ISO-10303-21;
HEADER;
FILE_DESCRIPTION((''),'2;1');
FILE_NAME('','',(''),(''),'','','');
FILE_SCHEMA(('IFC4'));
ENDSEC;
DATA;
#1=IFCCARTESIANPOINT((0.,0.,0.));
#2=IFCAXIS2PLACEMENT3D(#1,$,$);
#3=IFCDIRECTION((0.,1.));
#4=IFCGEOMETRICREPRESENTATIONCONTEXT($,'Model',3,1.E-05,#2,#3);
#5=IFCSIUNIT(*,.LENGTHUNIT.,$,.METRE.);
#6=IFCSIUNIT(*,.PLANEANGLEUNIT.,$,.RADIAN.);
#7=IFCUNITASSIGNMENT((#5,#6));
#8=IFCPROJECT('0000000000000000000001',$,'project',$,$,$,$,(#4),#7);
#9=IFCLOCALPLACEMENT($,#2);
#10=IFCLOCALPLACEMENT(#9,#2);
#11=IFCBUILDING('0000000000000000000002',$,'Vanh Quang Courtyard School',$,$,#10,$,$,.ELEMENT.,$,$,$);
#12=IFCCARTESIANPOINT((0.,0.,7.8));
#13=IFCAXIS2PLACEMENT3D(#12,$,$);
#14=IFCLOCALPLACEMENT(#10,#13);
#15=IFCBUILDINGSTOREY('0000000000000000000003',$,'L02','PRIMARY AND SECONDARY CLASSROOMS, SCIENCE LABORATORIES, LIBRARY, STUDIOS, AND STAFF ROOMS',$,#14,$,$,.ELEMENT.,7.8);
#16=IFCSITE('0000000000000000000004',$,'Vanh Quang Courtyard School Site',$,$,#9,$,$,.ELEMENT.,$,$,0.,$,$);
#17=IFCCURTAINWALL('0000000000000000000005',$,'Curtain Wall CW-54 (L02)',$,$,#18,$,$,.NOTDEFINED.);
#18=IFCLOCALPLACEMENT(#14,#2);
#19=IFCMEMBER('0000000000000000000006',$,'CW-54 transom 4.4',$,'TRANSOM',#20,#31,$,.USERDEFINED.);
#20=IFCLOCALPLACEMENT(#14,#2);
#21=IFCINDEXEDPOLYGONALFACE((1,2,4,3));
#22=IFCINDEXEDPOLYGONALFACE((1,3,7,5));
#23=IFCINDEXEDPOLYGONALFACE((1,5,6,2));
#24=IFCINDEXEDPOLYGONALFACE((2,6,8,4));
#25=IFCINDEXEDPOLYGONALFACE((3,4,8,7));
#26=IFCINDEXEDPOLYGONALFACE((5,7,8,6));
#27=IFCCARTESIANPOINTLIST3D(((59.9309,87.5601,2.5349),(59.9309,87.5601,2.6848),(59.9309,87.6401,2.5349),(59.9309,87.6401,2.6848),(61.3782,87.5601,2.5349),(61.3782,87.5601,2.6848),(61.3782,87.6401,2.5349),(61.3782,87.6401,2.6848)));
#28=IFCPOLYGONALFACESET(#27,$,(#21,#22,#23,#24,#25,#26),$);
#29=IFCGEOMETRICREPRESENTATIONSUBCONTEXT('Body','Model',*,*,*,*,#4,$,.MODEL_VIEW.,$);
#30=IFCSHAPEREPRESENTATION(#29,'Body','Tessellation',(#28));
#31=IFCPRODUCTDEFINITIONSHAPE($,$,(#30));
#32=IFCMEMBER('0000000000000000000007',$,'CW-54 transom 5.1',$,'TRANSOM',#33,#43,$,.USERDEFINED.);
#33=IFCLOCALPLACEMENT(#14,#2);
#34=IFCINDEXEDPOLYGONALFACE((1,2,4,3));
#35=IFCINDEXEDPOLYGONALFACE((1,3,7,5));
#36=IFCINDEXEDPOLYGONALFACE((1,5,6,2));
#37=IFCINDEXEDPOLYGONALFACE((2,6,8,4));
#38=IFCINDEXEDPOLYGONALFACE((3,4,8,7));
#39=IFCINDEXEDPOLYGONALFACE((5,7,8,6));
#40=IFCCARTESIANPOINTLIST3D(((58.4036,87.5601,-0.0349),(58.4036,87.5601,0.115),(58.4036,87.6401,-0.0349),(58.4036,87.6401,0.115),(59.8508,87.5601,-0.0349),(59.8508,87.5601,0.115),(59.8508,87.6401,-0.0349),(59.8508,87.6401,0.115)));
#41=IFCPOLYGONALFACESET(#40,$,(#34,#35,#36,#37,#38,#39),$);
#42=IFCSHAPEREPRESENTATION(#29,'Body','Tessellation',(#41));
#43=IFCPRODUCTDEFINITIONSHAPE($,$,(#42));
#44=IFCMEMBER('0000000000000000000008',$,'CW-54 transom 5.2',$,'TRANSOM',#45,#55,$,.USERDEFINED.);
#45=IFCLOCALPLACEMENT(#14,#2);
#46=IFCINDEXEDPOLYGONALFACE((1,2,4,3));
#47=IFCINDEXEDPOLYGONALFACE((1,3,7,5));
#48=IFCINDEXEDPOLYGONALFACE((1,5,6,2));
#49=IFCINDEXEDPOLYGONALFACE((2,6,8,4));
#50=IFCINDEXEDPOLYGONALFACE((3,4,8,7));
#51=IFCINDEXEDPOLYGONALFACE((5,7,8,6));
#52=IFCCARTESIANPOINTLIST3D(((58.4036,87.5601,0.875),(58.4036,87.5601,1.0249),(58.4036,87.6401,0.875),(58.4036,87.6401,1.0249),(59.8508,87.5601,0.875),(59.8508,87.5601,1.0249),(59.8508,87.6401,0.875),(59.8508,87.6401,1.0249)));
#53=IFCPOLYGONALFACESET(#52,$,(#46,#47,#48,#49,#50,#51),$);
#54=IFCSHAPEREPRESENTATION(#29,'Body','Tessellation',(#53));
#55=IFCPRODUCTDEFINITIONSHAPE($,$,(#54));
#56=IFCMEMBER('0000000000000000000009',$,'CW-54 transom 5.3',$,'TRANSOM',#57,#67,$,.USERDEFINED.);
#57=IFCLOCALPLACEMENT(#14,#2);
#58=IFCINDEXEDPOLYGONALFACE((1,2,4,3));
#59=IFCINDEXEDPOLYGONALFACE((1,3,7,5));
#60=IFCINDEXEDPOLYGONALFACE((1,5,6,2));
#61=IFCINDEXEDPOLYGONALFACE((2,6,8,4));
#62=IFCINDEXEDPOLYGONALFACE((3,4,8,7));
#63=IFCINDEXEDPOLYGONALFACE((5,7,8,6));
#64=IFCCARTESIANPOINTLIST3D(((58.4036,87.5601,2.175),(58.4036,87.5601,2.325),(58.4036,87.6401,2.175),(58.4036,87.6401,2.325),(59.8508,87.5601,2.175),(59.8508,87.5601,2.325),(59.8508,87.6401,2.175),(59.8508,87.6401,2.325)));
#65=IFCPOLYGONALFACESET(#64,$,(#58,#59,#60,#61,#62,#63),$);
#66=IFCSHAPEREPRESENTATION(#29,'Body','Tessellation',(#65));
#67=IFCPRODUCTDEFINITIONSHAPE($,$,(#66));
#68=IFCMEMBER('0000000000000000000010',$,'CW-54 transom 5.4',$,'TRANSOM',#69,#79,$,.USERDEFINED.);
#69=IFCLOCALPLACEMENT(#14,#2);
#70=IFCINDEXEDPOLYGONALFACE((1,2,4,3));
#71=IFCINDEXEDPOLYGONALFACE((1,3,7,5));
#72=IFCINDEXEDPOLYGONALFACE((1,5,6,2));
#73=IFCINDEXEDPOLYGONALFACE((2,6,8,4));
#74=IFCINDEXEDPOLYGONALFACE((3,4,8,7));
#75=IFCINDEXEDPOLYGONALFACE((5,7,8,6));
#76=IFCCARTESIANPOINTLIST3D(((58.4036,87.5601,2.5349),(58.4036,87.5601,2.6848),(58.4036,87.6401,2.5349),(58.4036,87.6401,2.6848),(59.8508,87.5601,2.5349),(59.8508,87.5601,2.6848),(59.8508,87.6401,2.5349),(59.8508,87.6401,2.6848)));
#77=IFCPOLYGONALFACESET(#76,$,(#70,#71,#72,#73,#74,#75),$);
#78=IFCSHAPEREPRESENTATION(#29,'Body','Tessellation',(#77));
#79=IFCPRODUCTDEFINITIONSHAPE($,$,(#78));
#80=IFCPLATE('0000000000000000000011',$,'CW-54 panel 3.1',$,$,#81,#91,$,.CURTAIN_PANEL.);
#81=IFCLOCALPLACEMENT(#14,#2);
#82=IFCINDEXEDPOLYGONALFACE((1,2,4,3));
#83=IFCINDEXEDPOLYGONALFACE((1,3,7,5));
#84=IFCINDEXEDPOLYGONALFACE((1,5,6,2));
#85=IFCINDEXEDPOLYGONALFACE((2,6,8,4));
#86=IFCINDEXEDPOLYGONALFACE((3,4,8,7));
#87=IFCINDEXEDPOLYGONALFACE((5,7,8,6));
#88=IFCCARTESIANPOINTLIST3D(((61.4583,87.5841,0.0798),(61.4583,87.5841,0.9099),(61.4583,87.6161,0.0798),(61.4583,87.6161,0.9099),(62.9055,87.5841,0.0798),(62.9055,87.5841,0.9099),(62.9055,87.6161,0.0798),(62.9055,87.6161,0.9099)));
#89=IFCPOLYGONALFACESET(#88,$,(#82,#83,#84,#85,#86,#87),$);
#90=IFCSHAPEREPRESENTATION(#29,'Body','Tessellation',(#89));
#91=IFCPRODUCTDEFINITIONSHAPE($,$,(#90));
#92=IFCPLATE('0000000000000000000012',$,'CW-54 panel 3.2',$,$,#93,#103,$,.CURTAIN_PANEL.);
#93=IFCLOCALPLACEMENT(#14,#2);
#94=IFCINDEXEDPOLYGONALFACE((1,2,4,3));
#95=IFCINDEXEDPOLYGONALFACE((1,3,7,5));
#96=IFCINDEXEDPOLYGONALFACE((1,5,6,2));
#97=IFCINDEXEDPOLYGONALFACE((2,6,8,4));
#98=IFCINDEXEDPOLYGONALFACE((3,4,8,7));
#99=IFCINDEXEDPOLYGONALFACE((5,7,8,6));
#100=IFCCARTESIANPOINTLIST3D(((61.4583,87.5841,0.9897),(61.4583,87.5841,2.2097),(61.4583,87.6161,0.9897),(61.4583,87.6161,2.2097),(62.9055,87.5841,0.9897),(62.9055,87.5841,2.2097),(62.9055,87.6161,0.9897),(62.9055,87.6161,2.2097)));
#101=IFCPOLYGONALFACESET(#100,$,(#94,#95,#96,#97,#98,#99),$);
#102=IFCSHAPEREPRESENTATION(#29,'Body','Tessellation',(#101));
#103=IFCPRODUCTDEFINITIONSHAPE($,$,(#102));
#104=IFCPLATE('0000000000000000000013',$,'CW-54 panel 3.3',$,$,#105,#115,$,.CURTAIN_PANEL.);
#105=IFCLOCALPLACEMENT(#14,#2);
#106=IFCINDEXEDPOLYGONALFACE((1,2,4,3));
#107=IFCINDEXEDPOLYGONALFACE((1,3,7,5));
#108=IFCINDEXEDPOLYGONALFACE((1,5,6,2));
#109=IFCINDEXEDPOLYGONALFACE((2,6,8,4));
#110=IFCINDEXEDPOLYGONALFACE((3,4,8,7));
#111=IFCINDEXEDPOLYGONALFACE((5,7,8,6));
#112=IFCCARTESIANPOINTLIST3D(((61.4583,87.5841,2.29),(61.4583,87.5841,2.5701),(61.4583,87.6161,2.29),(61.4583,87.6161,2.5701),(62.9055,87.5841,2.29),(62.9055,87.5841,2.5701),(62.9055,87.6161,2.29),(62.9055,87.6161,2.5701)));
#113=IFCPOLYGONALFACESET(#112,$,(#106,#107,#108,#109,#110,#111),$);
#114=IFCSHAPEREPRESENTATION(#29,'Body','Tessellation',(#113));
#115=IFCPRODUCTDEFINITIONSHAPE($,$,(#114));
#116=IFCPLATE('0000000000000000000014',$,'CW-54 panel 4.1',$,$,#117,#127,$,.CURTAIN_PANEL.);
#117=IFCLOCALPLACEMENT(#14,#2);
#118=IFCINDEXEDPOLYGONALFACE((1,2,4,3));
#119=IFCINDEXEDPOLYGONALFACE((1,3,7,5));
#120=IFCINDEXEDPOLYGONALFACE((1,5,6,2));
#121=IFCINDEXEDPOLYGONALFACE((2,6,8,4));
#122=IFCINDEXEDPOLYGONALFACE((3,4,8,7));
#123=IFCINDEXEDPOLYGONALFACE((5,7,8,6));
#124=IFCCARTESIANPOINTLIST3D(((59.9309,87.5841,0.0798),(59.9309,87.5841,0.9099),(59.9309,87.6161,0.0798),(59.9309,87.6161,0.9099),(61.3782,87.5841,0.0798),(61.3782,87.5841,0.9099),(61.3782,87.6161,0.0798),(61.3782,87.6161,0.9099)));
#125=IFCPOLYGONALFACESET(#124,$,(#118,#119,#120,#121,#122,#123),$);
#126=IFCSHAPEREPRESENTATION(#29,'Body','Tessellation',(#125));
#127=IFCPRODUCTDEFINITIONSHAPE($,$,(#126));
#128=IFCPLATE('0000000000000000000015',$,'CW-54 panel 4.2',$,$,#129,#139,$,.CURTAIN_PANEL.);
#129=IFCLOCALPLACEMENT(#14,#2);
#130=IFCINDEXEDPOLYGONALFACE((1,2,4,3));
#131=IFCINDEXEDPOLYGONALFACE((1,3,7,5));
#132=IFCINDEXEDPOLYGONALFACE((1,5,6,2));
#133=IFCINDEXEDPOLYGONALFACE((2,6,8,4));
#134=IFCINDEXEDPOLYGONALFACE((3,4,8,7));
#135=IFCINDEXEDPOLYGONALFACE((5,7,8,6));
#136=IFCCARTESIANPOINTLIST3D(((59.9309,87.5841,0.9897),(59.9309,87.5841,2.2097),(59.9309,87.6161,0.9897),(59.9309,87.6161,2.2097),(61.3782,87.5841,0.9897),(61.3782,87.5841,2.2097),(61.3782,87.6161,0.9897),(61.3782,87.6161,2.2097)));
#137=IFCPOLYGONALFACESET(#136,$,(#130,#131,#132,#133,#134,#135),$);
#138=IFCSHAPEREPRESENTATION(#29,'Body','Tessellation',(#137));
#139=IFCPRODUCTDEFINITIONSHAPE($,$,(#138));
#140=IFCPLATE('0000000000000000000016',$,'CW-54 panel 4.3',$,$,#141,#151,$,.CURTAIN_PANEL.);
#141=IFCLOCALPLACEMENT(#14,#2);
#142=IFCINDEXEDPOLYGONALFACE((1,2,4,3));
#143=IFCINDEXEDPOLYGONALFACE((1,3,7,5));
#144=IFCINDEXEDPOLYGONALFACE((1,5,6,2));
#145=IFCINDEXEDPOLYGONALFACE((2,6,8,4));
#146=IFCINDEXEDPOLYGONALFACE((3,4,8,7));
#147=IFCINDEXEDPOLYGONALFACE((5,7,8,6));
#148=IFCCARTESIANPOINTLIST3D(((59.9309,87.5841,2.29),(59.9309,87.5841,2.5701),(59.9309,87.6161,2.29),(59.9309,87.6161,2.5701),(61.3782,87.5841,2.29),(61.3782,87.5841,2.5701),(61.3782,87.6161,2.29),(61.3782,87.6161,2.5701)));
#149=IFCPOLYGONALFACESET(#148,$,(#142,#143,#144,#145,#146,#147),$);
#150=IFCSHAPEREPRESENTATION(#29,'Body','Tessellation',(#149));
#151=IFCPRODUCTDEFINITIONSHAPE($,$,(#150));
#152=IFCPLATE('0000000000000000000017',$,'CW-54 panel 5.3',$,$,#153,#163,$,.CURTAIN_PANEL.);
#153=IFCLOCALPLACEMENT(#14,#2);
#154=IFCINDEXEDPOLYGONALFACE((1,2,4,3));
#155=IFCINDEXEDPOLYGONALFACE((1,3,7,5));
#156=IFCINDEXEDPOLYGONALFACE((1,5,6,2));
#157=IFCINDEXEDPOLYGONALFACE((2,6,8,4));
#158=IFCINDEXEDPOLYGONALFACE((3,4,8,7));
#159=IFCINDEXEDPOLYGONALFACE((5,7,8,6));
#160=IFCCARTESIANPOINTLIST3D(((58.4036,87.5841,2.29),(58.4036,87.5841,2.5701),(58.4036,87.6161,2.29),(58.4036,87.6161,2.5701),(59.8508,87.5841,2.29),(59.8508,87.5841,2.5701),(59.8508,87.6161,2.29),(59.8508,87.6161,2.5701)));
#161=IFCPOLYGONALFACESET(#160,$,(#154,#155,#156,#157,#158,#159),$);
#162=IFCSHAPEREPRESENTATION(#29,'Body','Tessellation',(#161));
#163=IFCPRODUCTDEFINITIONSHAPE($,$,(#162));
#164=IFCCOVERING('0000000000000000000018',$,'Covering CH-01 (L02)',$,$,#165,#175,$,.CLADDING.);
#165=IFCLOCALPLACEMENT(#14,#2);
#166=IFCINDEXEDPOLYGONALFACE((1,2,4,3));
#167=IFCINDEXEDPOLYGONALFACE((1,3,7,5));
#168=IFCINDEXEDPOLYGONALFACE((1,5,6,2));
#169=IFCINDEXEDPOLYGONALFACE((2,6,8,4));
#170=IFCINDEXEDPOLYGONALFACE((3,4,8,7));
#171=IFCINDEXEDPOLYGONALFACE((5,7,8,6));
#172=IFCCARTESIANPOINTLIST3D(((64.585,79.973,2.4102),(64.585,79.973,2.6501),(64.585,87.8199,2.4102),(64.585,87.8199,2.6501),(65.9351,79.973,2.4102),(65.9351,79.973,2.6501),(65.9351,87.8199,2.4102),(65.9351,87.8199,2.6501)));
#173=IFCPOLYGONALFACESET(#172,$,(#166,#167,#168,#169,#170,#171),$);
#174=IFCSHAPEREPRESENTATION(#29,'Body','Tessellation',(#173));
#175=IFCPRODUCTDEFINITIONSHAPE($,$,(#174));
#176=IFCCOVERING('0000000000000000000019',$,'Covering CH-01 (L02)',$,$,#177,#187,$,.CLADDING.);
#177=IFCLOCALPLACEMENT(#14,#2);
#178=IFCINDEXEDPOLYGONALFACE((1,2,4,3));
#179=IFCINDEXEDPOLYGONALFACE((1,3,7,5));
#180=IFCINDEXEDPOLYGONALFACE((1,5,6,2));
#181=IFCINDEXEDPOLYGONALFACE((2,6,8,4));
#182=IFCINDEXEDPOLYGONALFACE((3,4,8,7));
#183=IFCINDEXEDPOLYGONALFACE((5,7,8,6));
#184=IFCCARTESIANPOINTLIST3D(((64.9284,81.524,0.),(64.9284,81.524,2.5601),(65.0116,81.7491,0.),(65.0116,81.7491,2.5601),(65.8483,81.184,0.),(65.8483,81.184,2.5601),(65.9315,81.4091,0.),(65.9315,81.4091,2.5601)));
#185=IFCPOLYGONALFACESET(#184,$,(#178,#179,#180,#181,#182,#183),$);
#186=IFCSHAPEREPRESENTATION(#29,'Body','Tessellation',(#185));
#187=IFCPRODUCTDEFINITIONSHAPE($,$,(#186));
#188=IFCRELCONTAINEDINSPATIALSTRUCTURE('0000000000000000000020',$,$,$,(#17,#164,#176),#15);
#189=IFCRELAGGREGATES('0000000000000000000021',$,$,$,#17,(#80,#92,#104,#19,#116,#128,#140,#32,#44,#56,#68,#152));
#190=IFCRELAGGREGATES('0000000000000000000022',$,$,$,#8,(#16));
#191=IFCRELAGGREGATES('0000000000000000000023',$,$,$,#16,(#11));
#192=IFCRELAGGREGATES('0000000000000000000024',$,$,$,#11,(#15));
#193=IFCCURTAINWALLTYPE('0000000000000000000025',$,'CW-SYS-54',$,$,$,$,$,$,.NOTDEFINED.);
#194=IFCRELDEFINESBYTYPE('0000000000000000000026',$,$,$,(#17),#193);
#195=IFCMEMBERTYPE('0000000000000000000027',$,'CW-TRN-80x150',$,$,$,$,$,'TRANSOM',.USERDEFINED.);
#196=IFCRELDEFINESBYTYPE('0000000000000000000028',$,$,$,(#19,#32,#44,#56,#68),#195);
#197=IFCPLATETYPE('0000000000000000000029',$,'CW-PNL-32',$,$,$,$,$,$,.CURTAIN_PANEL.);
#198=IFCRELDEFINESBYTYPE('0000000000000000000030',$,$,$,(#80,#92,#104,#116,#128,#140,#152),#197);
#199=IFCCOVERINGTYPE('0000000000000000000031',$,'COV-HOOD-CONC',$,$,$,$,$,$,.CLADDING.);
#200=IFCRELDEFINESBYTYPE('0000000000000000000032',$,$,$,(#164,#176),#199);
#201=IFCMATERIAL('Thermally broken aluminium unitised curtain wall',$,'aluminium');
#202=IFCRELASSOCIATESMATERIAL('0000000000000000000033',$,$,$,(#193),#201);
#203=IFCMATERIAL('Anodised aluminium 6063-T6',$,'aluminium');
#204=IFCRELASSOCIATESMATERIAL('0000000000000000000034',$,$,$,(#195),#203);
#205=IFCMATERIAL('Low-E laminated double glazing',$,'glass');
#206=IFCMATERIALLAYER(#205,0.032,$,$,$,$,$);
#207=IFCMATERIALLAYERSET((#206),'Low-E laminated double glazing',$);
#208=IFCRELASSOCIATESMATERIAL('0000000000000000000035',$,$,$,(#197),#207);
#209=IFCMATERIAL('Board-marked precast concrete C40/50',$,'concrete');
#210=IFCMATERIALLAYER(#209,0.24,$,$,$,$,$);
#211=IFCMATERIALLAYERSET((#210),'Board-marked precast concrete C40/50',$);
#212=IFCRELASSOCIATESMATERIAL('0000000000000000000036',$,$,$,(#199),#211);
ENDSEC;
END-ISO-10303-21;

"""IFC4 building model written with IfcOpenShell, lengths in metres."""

from ifc_helpers import new_model, si_unit, direction, frame, origin, origin_2d, place, context, subcontext, project, spatial, rectangle, extrude, material, layer, layer_set, material_profile, profile_set, type_object, element, aggregate, save


model = new_model("IFC4")

# Units and contexts
model_context = context("Model", 3, precision=1e-05, world=origin(), true_north=direction((0.0, 1.0)))
body_context = subcontext(model_context, "Body", "Model", "MODEL_VIEW")
ifc_project = project(units=[si_unit("LENGTHUNIT", "METRE"), si_unit("PLANEANGLEUNIT", "RADIAN")], contexts=[model_context])

# Site, building, storey
site_placement = place(None, origin())
site = spatial("IfcSite", under=ifc_project, at=site_placement, Name="Vanh Quang Courtyard School Site", CompositionType="ELEMENT", RefElevation=0.0)
building_placement = place(site_placement, origin())
building = spatial("IfcBuilding", under=site, at=building_placement, Name="Vanh Quang Courtyard School", CompositionType="ELEMENT")
storey_placement = place(building_placement, frame((0.0, 0.0, 7.8)))
storey = spatial("IfcBuildingStorey", under=building, at=storey_placement, Name="L02", Description="PRIMARY AND SECONDARY CLASSROOMS, SCIENCE LABORATORIES, LIBRARY, STUDIOS, AND STAFF ROOMS", CompositionType="ELEMENT", Elevation=7.8)

# Curtain wall, members, plates
ifc_material_1 = material(Name="Thermally broken aluminium unitised curtain wall", Category="aluminium")
curtain_wall_type = type_object("IfcCurtainWallType", Name="CW-SYS-54", PredefinedType="NOTDEFINED", material=ifc_material_1)
curtain_wall_placement = place(storey_placement, origin())
curtain_wall = element("IfcCurtainWall", 1, at=curtain_wall_placement, inside=storey, type_object=curtain_wall_type, Name="Curtain Wall CW-54 (L02)", PredefinedType="NOTDEFINED")
ifc_material_2 = material(Name="Anodised aluminium 6063-T6", Category="aluminium")
ifc_material_profile_1 = material_profile(ifc_material_2, rectangle(XDim=0.0801, YDim=0.1499, at=origin_2d()), Name="ALU-TRN 80x150")
ifc_profile_set_1 = profile_set([ifc_material_profile_1], Name="Anodised aluminium 6063-T6")
member_type_1 = type_object("IfcMemberType", Name="CW-TRN-80x150", ElementType="TRANSOM", PredefinedType="USERDEFINED", material=ifc_profile_set_1)
member_1_placement = place(storey_placement, frame((61.3782, 87.6001, 2.6099), z_axis=(-1.0, 0.0, 0.0), x_axis=(0.0, -1.0, 0.0)))
member_1 = element("IfcMember", 2, at=member_1_placement, type_object=member_type_1, Name="CW-54 transom 4.4", ObjectType="TRANSOM", PredefinedType="USERDEFINED", context=body_context, shape_type="SweptSolid", body=[
    extrude(rectangle(XDim=0.0801, YDim=0.1499, at=origin_2d()), origin(), (0.0, 0.0, 1.0), 1.4473),
])
member_2_placement = place(storey_placement, frame((59.8508, 87.6001, 0.04), z_axis=(-1.0, 0.0, 0.0), x_axis=(0.0, -1.0, 0.0)))
member_2 = element("IfcMember", 3, at=member_2_placement, type_object=member_type_1, Name="CW-54 transom 5.1", ObjectType="TRANSOM", PredefinedType="USERDEFINED", context=body_context, shape_type="SweptSolid", body=[
    extrude(rectangle(XDim=0.0801, YDim=0.1499, at=origin_2d()), origin(), (0.0, 0.0, 1.0), 1.4473),
])
member_3_placement = place(storey_placement, frame((59.8508, 87.6001, 0.95), z_axis=(-1.0, 0.0, 0.0), x_axis=(0.0, -1.0, 0.0)))
member_3 = element("IfcMember", 4, at=member_3_placement, type_object=member_type_1, Name="CW-54 transom 5.2", ObjectType="TRANSOM", PredefinedType="USERDEFINED", context=body_context, shape_type="SweptSolid", body=[
    extrude(rectangle(XDim=0.0801, YDim=0.1499, at=origin_2d()), origin(), (0.0, 0.0, 1.0), 1.4473),
])
member_4_placement = place(storey_placement, frame((59.8508, 87.6001, 2.25), z_axis=(-1.0, 0.0, 0.0), x_axis=(0.0, -1.0, 0.0)))
member_4 = element("IfcMember", 5, at=member_4_placement, type_object=member_type_1, Name="CW-54 transom 5.3", ObjectType="TRANSOM", PredefinedType="USERDEFINED", context=body_context, shape_type="SweptSolid", body=[
    extrude(rectangle(XDim=0.0801, YDim=0.1499, at=origin_2d()), origin(), (0.0, 0.0, 1.0), 1.4473),
])
member_5_placement = place(storey_placement, frame((59.8508, 87.6001, 2.6099), z_axis=(-1.0, 0.0, 0.0), x_axis=(0.0, -1.0, 0.0)))
member_5 = element("IfcMember", 6, at=member_5_placement, type_object=member_type_1, Name="CW-54 transom 5.4", ObjectType="TRANSOM", PredefinedType="USERDEFINED", context=body_context, shape_type="SweptSolid", body=[
    extrude(rectangle(XDim=0.0801, YDim=0.1499, at=origin_2d()), origin(), (0.0, 0.0, 1.0), 1.4473),
])
ifc_material_3 = material(Name="Low-E laminated double glazing", Category="glass")
ifc_layer_1 = layer(ifc_material_3, 0.032)
ifc_layer_set_1 = layer_set([ifc_layer_1], Name="Low-E laminated double glazing")
plate_type = type_object("IfcPlateType", Name="CW-PNL-32", PredefinedType="CURTAIN_PANEL", material=ifc_layer_set_1)
plate_1_placement = place(storey_placement, frame((62.1819, 87.6001, 0.0798), z_axis=(0.0, 0.0, 1.0), x_axis=(-1.0, 0.0, 0.0)))
plate_1 = element("IfcPlate", 7, at=plate_1_placement, type_object=plate_type, Name="CW-54 panel 3.1", PredefinedType="CURTAIN_PANEL", context=body_context, shape_type="SweptSolid", body=[
    extrude(rectangle(XDim=1.4473, YDim=0.032, at=origin_2d()), origin(), (0.0, 0.0, 1.0), 0.8301),
])
plate_2_placement = place(storey_placement, frame((62.1819, 87.6001, 0.9897), z_axis=(0.0, 0.0, 1.0), x_axis=(-1.0, 0.0, 0.0)))
plate_2 = element("IfcPlate", 8, at=plate_2_placement, type_object=plate_type, Name="CW-54 panel 3.2", PredefinedType="CURTAIN_PANEL", context=body_context, shape_type="SweptSolid", body=[
    extrude(rectangle(XDim=1.4473, YDim=0.032, at=origin_2d()), origin(), (0.0, 0.0, 1.0), 1.22),
])
plate_3_placement = place(storey_placement, frame((62.1819, 87.6001, 2.29), z_axis=(0.0, 0.0, 1.0), x_axis=(-1.0, 0.0, 0.0)))
plate_3 = element("IfcPlate", 9, at=plate_3_placement, type_object=plate_type, Name="CW-54 panel 3.3", PredefinedType="CURTAIN_PANEL", context=body_context, shape_type="SweptSolid", body=[
    extrude(rectangle(XDim=1.4473, YDim=0.032, at=origin_2d()), origin(), (0.0, 0.0, 1.0), 0.28),
])
plate_4_placement = place(storey_placement, frame((60.6545, 87.6001, 0.0798), z_axis=(0.0, 0.0, 1.0), x_axis=(-1.0, 0.0, 0.0)))
plate_4 = element("IfcPlate", 10, at=plate_4_placement, type_object=plate_type, Name="CW-54 panel 4.1", PredefinedType="CURTAIN_PANEL", context=body_context, shape_type="SweptSolid", body=[
    extrude(rectangle(XDim=1.4473, YDim=0.032, at=origin_2d()), origin(), (0.0, 0.0, 1.0), 0.8301),
])
plate_5_placement = place(storey_placement, frame((60.6545, 87.6001, 0.9897), z_axis=(0.0, 0.0, 1.0), x_axis=(-1.0, 0.0, 0.0)))
plate_5 = element("IfcPlate", 11, at=plate_5_placement, type_object=plate_type, Name="CW-54 panel 4.2", PredefinedType="CURTAIN_PANEL", context=body_context, shape_type="SweptSolid", body=[
    extrude(rectangle(XDim=1.4473, YDim=0.032, at=origin_2d()), origin(), (0.0, 0.0, 1.0), 1.22),
])
plate_6_placement = place(storey_placement, frame((60.6545, 87.6001, 2.29), z_axis=(0.0, 0.0, 1.0), x_axis=(-1.0, 0.0, 0.0)))
plate_6 = element("IfcPlate", 12, at=plate_6_placement, type_object=plate_type, Name="CW-54 panel 4.3", PredefinedType="CURTAIN_PANEL", context=body_context, shape_type="SweptSolid", body=[
    extrude(rectangle(XDim=1.4473, YDim=0.032, at=origin_2d()), origin(), (0.0, 0.0, 1.0), 0.28),
])
plate_7_placement = place(storey_placement, frame((59.1272, 87.6001, 2.29), z_axis=(0.0, 0.0, 1.0), x_axis=(-1.0, 0.0, 0.0)))
plate_7 = element("IfcPlate", 13, at=plate_7_placement, type_object=plate_type, Name="CW-54 panel 5.3", PredefinedType="CURTAIN_PANEL", context=body_context, shape_type="SweptSolid", body=[
    extrude(rectangle(XDim=1.4473, YDim=0.032, at=origin_2d()), origin(), (0.0, 0.0, 1.0), 0.28),
])
aggregate(curtain_wall, [plate_1, plate_2, plate_3, member_1, plate_4, plate_5, plate_6, member_2, member_3, member_4, member_5, plate_7])

# Coverings
ifc_material_4 = material(Name="Board-marked precast concrete C40/50", Category="concrete")
ifc_layer_2 = layer(ifc_material_4, 0.24)
ifc_layer_set_2 = layer_set([ifc_layer_2], Name="Board-marked precast concrete C40/50")
covering_type = type_object("IfcCoveringType", Name="COV-HOOD-CONC", PredefinedType="CLADDING", material=ifc_layer_set_2)
covering_1_placement = place(storey_placement, frame((65.26, 83.8965, 2.4102), z_axis=(0.0, 0.0, 1.0), x_axis=(0.0, 1.0, 0.0)))
element("IfcCovering", 14, at=covering_1_placement, inside=storey, type_object=covering_type, Name="Covering CH-01 (L02)", PredefinedType="CLADDING", context=body_context, shape_type="SweptSolid", body=[
    extrude(rectangle(XDim=7.8469, YDim=1.3501, at=origin_2d()), origin(), (0.0, 0.0, 1.0), 0.24),
])
covering_2_placement = place(storey_placement, frame((65.4299, 81.4666, 0.0), z_axis=(0.0, 0.0, 1.0), x_axis=(-0.93801, 0.346608, 0.0)))
element("IfcCovering", 15, at=covering_2_placement, inside=storey, type_object=covering_type, Name="Covering CH-01 (L02)", PredefinedType="CLADDING", context=body_context, shape_type="SweptSolid", body=[
    extrude(rectangle(XDim=0.9807, YDim=0.24, at=origin_2d()), origin(), (0.0, 0.0, 1.0), 2.5601),
])

save(model, "model.ifc")
